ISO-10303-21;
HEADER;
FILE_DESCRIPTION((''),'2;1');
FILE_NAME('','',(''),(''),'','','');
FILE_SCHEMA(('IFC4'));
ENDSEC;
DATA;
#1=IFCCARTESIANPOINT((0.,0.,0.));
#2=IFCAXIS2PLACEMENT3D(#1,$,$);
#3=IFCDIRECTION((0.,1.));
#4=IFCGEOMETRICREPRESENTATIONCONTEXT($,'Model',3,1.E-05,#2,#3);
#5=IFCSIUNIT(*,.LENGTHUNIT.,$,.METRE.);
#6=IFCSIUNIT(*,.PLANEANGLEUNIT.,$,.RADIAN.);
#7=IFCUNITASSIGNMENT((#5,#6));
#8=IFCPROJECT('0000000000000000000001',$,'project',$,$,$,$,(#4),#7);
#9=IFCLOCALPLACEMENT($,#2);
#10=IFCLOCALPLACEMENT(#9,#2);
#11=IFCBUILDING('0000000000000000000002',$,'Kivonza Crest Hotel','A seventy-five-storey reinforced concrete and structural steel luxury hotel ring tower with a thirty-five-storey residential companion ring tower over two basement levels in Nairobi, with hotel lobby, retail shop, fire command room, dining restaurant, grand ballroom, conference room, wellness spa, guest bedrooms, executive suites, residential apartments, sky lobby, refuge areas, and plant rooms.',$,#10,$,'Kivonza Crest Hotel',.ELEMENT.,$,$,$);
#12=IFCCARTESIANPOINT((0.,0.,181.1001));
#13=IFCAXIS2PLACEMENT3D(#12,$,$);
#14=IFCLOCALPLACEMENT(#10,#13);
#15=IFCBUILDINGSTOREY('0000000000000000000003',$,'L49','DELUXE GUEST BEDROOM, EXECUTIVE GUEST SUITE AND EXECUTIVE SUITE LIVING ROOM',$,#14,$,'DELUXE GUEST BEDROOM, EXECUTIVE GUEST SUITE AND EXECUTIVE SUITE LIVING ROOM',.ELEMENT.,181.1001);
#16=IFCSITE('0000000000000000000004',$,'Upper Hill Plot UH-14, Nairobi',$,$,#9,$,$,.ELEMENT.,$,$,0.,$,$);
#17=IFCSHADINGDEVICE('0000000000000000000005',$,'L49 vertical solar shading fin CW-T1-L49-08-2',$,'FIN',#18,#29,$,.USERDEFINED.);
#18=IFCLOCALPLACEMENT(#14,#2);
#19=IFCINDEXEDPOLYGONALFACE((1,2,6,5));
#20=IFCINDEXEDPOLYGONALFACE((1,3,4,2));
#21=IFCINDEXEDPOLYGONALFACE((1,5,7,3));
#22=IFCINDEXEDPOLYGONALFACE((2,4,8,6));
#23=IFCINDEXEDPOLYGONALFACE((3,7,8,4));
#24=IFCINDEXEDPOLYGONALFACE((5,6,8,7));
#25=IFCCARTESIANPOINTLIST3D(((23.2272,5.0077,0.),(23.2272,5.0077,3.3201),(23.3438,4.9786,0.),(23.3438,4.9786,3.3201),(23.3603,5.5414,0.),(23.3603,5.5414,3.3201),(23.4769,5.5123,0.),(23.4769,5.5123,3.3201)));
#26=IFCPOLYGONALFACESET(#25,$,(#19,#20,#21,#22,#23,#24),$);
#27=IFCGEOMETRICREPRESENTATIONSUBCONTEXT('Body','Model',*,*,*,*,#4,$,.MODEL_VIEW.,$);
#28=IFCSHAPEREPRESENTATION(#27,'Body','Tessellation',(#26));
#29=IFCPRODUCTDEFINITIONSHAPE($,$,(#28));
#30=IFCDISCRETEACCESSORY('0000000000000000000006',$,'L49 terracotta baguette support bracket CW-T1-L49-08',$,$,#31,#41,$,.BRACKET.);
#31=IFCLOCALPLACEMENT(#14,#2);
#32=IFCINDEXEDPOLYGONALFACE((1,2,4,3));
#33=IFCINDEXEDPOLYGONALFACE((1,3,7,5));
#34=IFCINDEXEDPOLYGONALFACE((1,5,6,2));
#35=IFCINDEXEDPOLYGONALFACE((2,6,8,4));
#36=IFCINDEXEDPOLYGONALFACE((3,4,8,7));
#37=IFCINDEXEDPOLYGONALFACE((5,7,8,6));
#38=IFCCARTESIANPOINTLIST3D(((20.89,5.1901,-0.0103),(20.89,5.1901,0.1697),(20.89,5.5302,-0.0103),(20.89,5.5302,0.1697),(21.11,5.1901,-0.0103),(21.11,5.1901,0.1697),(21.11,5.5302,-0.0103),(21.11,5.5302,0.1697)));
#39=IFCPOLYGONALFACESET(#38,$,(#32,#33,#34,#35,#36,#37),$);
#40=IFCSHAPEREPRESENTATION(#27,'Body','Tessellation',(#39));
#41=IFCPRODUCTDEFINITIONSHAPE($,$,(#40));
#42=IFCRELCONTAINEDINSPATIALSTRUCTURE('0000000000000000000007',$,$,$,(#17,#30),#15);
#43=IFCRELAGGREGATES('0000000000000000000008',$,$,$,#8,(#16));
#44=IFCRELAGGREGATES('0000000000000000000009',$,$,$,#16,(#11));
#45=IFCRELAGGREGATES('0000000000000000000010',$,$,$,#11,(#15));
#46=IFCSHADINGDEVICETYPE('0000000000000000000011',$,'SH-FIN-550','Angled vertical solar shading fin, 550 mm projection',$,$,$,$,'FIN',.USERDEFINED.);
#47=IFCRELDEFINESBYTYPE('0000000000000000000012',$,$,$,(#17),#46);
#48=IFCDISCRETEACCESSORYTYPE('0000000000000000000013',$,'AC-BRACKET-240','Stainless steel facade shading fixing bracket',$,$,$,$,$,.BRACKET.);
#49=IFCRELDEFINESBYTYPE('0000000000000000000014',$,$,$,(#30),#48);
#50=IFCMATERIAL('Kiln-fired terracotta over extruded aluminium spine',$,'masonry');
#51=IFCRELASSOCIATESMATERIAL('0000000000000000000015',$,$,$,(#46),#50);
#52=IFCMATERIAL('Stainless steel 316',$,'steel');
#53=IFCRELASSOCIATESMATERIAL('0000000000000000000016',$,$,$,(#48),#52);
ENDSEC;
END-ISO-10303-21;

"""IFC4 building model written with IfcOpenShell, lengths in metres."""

from ifc_helpers import new_model, si_unit, direction, frame, origin, origin_2d, place, context, subcontext, project, spatial, rectangle, extrude, material, type_object, element, save


model = new_model("IFC4")

# Units and contexts
model_context = context("Model", 3, precision=1e-05, world=origin(), true_north=direction((0.0, 1.0)))
body_context = subcontext(model_context, "Body", "Model", "MODEL_VIEW")
ifc_project = project(units=[si_unit("LENGTHUNIT", "METRE"), si_unit("PLANEANGLEUNIT", "RADIAN")], contexts=[model_context])

# Site, building, storey
site_placement = place(None, origin())
site = spatial("IfcSite", under=ifc_project, at=site_placement, Name="Upper Hill Plot UH-14, Nairobi", CompositionType="ELEMENT", RefElevation=0.0)
building_placement = place(site_placement, origin())
building = spatial("IfcBuilding", under=site, at=building_placement, Name="Kivonza Crest Hotel", Description="A seventy-five-storey reinforced concrete and structural steel luxury hotel ring tower with a thirty-five-storey residential companion ring tower over two basement levels in Nairobi, with hotel lobby, retail shop, fire command room, dining restaurant, grand ballroom, conference room, wellness spa, guest bedrooms, executive suites, residential apartments, sky lobby, refuge areas, and plant rooms.", LongName="Kivonza Crest Hotel", CompositionType="ELEMENT")
storey_placement = place(building_placement, frame((0.0, 0.0, 181.1001)))
storey = spatial("IfcBuildingStorey", under=building, at=storey_placement, Name="L49", Description="DELUXE GUEST BEDROOM, EXECUTIVE GUEST SUITE AND EXECUTIVE SUITE LIVING ROOM", LongName="DELUXE GUEST BEDROOM, EXECUTIVE GUEST SUITE AND EXECUTIVE SUITE LIVING ROOM", CompositionType="ELEMENT", Elevation=181.1001)

# Shading device
ifc_material_1 = material(Name="Kiln-fired terracotta over extruded aluminium spine", Category="masonry")
shading_device_type_1 = type_object("IfcShadingDeviceType", Name="SH-FIN-550", Description="Angled vertical solar shading fin, 550 mm projection", ElementType="FIN", PredefinedType="USERDEFINED", material=ifc_material_1)
for number, where, z_axis, x_axis, name in (
    (1, (23.3521, 5.26, 0.0), (0.0, 0.0, 1.0), (0.970296, -0.241922, 0.0), "L49 vertical solar shading fin CW-T1-L49-08-2"),
):
    element("IfcShadingDevice", number, at=place(storey_placement, frame(where, z_axis=z_axis, x_axis=x_axis)), inside=storey, type_object=shading_device_type_1, Name=name, ObjectType="FIN", PredefinedType="USERDEFINED", context=body_context, shape_type="SweptSolid", body=[
        extrude(rectangle(XDim=0.1201, YDim=0.55, at=origin_2d()), origin(), (0.0, 0.0, 1.0), 3.3201),
    ])

# Discrete accessory
ifc_material_2 = material(Name="Stainless steel 316", Category="steel")
discrete_accessory_type = type_object("IfcDiscreteAccessoryType", Name="AC-BRACKET-240", Description="Stainless steel facade shading fixing bracket", PredefinedType="BRACKET", material=ifc_material_2)
discrete_accessory_placement = place(storey_placement, frame((21.0, 5.3601, -0.0103), z_axis=(0.0, 0.0, 1.0), x_axis=(1.0, 0.0, 0.0)))
element("IfcDiscreteAccessory", 2, at=discrete_accessory_placement, inside=storey, type_object=discrete_accessory_type, Name="L49 terracotta baguette support bracket CW-T1-L49-08", PredefinedType="BRACKET", context=body_context, shape_type="SweptSolid", body=[
    extrude(rectangle(XDim=0.22, YDim=0.3401, at=origin_2d()), origin(), (0.0, 0.0, 1.0), 0.1799),
])

save(model, "model.ifc")
